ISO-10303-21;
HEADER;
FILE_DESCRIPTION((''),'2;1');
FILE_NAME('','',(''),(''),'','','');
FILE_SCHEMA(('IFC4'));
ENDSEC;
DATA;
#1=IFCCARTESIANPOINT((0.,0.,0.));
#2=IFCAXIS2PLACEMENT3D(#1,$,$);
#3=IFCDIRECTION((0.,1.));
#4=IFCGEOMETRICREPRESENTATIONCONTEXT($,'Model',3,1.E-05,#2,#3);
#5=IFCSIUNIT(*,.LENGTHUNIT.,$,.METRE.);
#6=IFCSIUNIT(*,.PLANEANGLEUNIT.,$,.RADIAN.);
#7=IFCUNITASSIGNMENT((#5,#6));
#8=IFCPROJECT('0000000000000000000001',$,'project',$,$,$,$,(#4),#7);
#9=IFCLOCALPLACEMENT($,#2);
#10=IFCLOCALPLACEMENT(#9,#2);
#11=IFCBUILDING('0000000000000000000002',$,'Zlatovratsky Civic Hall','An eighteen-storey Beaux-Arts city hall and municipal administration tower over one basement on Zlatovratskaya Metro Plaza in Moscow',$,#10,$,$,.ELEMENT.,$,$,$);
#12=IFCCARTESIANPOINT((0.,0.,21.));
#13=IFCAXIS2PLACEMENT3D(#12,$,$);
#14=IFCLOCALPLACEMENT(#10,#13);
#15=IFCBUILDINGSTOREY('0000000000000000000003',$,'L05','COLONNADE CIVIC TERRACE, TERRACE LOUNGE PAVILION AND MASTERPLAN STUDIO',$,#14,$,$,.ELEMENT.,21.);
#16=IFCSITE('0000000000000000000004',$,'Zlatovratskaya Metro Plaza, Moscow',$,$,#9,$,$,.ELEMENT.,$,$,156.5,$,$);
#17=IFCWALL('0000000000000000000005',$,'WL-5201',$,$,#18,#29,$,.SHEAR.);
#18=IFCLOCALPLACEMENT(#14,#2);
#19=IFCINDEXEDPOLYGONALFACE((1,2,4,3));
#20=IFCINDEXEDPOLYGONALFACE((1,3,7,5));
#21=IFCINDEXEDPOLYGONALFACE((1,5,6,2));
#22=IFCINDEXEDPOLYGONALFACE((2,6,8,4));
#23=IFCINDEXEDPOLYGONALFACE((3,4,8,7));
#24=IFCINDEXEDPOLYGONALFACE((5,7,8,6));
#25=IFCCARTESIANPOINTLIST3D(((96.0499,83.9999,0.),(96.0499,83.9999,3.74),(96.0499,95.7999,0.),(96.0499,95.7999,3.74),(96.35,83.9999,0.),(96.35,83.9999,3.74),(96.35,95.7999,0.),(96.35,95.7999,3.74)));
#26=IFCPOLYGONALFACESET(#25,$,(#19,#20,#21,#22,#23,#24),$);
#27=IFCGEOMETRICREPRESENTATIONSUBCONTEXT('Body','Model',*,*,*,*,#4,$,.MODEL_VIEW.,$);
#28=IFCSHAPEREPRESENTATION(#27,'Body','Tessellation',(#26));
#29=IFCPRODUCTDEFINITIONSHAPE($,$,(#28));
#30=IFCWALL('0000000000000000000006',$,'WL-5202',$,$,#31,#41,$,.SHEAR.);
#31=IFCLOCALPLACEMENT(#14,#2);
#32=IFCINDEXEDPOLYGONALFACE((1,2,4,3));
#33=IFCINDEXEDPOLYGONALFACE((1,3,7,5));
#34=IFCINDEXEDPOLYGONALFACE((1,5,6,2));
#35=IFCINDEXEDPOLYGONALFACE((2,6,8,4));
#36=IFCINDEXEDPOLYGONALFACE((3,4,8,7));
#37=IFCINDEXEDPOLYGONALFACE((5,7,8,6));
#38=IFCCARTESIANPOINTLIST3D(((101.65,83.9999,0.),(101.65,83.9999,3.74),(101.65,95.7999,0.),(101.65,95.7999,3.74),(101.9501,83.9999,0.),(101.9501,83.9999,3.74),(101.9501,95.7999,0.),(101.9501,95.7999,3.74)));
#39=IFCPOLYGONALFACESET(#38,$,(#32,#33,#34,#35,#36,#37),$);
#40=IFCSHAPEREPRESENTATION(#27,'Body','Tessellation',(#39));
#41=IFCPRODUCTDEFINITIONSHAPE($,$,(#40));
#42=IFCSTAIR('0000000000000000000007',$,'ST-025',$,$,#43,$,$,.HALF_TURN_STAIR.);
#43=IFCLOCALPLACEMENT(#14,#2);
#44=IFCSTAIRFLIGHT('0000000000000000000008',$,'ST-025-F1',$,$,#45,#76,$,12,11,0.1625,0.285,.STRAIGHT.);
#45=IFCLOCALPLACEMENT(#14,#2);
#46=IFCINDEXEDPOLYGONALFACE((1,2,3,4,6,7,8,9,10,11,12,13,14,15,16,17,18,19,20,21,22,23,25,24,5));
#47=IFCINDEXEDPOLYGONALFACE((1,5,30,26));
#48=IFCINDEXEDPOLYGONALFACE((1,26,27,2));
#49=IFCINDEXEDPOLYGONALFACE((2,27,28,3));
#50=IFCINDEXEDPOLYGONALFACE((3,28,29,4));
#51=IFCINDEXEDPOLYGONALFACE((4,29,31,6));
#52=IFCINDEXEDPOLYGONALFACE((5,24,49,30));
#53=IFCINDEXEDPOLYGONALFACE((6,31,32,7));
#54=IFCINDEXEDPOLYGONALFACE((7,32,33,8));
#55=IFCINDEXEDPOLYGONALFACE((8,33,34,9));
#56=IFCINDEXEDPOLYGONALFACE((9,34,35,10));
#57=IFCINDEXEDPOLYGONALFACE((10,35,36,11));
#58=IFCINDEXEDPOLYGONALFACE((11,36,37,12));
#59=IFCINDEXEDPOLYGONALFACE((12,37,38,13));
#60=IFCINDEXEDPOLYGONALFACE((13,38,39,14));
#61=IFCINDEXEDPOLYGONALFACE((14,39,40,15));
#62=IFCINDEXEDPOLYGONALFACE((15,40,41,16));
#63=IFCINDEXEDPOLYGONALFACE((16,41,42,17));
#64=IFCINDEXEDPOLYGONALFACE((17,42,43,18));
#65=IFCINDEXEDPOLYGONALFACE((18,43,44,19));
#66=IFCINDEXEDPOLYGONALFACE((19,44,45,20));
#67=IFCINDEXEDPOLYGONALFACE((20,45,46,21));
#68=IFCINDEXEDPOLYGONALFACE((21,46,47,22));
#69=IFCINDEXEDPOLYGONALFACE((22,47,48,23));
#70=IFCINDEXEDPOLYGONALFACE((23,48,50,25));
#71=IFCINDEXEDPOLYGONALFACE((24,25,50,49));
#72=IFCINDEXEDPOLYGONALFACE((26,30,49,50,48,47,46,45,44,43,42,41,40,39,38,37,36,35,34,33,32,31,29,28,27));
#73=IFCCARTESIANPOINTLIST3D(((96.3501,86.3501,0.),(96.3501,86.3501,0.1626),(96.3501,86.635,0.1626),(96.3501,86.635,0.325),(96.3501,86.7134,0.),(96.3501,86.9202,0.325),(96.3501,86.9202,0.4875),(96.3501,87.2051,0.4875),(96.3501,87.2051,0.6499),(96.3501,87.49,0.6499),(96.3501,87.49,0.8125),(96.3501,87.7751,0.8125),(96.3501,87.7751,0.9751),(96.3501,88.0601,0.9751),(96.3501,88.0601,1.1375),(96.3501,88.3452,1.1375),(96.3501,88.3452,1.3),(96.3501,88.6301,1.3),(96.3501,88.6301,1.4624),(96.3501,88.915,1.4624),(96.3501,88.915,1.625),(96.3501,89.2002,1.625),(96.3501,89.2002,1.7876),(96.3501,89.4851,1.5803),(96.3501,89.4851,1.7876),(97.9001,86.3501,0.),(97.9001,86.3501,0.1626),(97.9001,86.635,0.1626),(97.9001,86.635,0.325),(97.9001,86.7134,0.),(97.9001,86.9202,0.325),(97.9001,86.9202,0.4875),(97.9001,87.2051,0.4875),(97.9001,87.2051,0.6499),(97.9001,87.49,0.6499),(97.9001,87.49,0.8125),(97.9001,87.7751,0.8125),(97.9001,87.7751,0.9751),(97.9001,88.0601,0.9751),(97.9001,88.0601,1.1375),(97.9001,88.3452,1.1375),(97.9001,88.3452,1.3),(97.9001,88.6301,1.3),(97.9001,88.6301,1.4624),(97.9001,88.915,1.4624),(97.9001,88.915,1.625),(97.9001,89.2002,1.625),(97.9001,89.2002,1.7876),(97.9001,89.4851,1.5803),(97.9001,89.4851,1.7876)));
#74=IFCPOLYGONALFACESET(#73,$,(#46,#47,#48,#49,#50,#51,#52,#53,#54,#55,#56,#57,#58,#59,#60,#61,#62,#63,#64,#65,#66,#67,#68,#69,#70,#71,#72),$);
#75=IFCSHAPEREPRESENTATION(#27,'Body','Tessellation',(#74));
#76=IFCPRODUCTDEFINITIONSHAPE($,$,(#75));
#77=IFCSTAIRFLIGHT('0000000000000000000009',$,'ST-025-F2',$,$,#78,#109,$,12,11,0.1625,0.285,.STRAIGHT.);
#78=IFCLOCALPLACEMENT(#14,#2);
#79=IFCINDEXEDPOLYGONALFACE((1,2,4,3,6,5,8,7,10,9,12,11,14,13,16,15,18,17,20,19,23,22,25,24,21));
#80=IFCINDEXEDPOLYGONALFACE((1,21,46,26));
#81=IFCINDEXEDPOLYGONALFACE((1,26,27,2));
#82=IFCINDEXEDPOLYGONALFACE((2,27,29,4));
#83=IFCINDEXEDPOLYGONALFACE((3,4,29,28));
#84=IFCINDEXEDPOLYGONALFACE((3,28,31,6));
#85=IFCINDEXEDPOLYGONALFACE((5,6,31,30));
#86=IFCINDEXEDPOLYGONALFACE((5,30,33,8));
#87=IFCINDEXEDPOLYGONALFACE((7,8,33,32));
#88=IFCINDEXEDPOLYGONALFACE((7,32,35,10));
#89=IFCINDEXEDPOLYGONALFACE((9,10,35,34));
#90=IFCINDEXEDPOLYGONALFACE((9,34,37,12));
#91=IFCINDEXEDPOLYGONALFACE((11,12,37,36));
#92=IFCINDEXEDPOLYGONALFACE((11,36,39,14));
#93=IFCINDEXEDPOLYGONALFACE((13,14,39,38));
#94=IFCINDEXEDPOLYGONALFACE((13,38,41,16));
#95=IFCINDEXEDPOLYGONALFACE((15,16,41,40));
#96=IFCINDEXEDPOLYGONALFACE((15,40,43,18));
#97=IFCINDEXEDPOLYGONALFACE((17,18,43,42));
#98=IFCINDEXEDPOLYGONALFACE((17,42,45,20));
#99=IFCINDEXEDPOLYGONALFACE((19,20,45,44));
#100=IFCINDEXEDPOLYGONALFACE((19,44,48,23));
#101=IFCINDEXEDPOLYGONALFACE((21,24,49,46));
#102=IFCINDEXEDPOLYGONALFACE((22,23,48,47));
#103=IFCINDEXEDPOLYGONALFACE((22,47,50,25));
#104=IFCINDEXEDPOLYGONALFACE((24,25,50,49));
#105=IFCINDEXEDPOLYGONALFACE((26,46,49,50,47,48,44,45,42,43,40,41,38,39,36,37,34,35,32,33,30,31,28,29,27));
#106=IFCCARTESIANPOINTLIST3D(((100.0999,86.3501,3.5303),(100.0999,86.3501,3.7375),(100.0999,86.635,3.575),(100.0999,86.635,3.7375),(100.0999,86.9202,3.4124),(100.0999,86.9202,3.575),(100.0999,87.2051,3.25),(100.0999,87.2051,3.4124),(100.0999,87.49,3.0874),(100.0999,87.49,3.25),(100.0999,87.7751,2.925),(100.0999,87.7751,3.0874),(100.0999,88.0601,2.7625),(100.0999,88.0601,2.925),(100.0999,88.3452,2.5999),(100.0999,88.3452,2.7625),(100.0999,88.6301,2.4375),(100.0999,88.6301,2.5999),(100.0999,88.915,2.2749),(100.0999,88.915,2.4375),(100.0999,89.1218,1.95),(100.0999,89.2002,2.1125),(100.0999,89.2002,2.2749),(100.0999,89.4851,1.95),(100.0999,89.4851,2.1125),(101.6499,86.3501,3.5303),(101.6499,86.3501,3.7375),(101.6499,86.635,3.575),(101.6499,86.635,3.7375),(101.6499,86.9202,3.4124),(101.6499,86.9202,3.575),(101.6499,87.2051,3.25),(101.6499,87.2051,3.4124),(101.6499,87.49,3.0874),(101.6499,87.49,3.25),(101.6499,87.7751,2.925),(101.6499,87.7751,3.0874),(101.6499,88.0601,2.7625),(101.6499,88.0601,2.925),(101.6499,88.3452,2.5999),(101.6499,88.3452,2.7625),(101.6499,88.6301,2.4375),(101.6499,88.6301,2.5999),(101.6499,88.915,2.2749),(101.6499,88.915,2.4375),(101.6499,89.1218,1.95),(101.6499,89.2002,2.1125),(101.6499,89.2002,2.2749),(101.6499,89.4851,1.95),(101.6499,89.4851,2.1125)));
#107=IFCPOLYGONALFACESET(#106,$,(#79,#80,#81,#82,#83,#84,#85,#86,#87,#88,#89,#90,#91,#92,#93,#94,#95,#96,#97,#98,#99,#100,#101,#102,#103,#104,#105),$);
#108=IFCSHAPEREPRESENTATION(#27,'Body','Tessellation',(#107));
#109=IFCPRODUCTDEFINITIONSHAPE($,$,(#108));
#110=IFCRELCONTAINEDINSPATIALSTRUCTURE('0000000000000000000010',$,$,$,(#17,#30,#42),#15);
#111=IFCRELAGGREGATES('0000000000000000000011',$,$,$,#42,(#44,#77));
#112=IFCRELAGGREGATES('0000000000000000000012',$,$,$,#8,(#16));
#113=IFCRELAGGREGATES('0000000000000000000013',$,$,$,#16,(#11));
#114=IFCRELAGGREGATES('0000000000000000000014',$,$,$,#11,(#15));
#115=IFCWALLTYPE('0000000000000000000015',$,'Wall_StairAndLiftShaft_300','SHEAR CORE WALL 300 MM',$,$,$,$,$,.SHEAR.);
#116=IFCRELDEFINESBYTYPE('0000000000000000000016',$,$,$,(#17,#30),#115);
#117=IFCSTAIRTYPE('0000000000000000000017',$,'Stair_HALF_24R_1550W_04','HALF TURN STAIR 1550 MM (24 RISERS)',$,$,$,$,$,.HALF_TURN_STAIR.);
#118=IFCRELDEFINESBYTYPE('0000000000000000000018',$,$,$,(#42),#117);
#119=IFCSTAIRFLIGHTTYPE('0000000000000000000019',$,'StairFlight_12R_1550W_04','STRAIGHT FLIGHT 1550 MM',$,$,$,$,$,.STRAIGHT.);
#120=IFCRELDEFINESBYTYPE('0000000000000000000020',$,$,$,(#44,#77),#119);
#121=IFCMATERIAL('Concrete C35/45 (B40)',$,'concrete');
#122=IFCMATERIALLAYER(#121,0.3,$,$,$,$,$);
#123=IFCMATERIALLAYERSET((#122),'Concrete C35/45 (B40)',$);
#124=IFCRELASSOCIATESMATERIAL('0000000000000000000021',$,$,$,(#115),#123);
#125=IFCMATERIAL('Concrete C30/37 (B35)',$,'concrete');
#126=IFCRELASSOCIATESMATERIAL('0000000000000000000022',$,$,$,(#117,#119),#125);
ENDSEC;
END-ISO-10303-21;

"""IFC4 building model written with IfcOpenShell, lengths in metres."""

from ifc_helpers import new_model, si_unit, direction, frame, frame_2d, origin, place, context, subcontext, project, spatial, polyline, rectangle, outline, extrude, material, layer, layer_set, type_object, element, aggregate, save


model = new_model("IFC4")

# Units and contexts
model_context = context("Model", 3, precision=1e-05, world=origin(), true_north=direction((0.0, 1.0)))
body_context = subcontext(model_context, "Body", "Model", "MODEL_VIEW")
ifc_project = project(units=[si_unit("LENGTHUNIT", "METRE"), si_unit("PLANEANGLEUNIT", "RADIAN")], contexts=[model_context])

# Site, building, storey
site_placement = place(None, origin())
site = spatial("IfcSite", under=ifc_project, at=site_placement, Name="Zlatovratskaya Metro Plaza, Moscow", CompositionType="ELEMENT", RefElevation=156.5)
building_placement = place(site_placement, origin())
building = spatial("IfcBuilding", under=site, at=building_placement, Name="Zlatovratsky Civic Hall", Description="An eighteen-storey Beaux-Arts city hall and municipal administration tower over one basement on Zlatovratskaya Metro Plaza in Moscow", CompositionType="ELEMENT")
storey_placement = place(building_placement, frame((0.0, 0.0, 21.0)))
storey = spatial("IfcBuildingStorey", under=building, at=storey_placement, Name="L05", Description="COLONNADE CIVIC TERRACE, TERRACE LOUNGE PAVILION AND MASTERPLAN STUDIO", CompositionType="ELEMENT", Elevation=21.0)

# Shared definitions
ifc_material_1 = material(Name="Concrete C35/45 (B40)", Category="concrete")

# Shared definitions
ifc_layer_1 = layer(ifc_material_1, 0.3)
ifc_layer_set_1 = layer_set([ifc_layer_1], Name="Concrete C35/45 (B40)")
wall_type_1 = type_object("IfcWallType", Name="Wall_StairAndLiftShaft_300", Description="SHEAR CORE WALL 300 MM", PredefinedType="SHEAR", material=ifc_layer_set_1)

# Walls
for number, where, z_axis, x_axis, name in (
    (1, (96.2, 84.0, 0.0), (0.0, 0.0, 1.0), (0.0, 1.0, 0.0), "WL-5201"),
    (2, (101.8, 84.0, 0.0), (0.0, 0.0, 1.0), (0.0, 1.0, 0.0), "WL-5202"),
):
    element("IfcWall", number, at=place(storey_placement, frame(where, z_axis=z_axis, x_axis=x_axis)), inside=storey, type_object=wall_type_1, Name=name, PredefinedType="SHEAR", context=body_context, shape_type="SweptSolid", body=[
        extrude(rectangle(XDim=11.8, YDim=0.3, at=frame_2d((5.8999, 0.0))), origin(), (0.0, 0.0, 1.0), 3.74),
    ])

# Stair, stair flights
ifc_material_2 = material(Name="Concrete C30/37 (B35)", Category="concrete")
stair_type = type_object("IfcStairType", Name="Stair_HALF_24R_1550W_04", Description="HALF TURN STAIR 1550 MM (24 RISERS)", PredefinedType="HALF_TURN_STAIR", material=ifc_material_2)
stair_placement = place(storey_placement, origin())
stair = element("IfcStair", 3, at=stair_placement, inside=storey, type_object=stair_type, Name="ST-025", PredefinedType="HALF_TURN_STAIR")
stair_flight_type = type_object("IfcStairFlightType", Name="StairFlight_12R_1550W_04", Description="STRAIGHT FLIGHT 1550 MM", PredefinedType="STRAIGHT", material=ifc_material_2)
stair_flight_1_placement = place(storey_placement, frame((97.125, 86.3501, 0.0), z_axis=(0.0, 0.0, 1.0), x_axis=(0.0, 1.0, 0.0)))
stair_flight_1 = element("IfcStairFlight", 4, at=stair_flight_1_placement, type_object=stair_flight_type, Name="ST-025-F1", NumberOfRisers=12, NumberOfTreads=11, PredefinedType="STRAIGHT", RiserHeight=0.1625, TreadLength=0.285, context=body_context, shape_type="SweptSolid", body=[
    extrude(outline(polyline([(0.0, 0.0), (0.0, 0.1626), (0.2849, 0.1626), (0.2849, 0.325), (0.5701, 0.325), (0.5701, 0.4875), (0.855, 0.4875), (0.855, 0.6499), (1.1399, 0.6499), (1.1399, 0.8125), (1.425, 0.8125), (1.425, 0.9751), (1.71, 0.9751), (1.71, 1.1375), (1.9951, 1.1375), (1.9951, 1.3), (2.28, 1.3), (2.28, 1.4624), (2.5649, 1.4624), (2.5649, 1.625), (2.8501, 1.625), (2.8501, 1.7876), (3.135, 1.7876), (3.135, 1.95), (3.135, 1.5803), (0.3633, 0.0), (0.0, 0.0)])), frame((0.0, 0.7749, 0.0), z_axis=(0.0, -1.0, 0.0), x_axis=(1.0, 0.0, 0.0)), (0.0, 0.0, 1.0), 1.55),
])
stair_flight_2_placement = place(storey_placement, frame((100.875, 89.4851, 1.95), z_axis=(0.0, 0.0, 1.0), x_axis=(0.0, -1.0, 0.0)))
stair_flight_2 = element("IfcStairFlight", 5, at=stair_flight_2_placement, type_object=stair_flight_type, Name="ST-025-F2", NumberOfRisers=12, NumberOfTreads=11, PredefinedType="STRAIGHT", RiserHeight=0.1625, TreadLength=0.285, context=body_context, shape_type="SweptSolid", body=[
    extrude(outline(polyline([(0.0, 0.0), (0.0, 0.1626), (0.2849, 0.1626), (0.2849, 0.325), (0.5701, 0.325), (0.5701, 0.4875), (0.855, 0.4875), (0.855, 0.6499), (1.1399, 0.6499), (1.1399, 0.8125), (1.425, 0.8125), (1.425, 0.9751), (1.71, 0.9751), (1.71, 1.1375), (1.9951, 1.1375), (1.9951, 1.3), (2.28, 1.3), (2.28, 1.4624), (2.5649, 1.4624), (2.5649, 1.625), (2.8501, 1.625), (2.8501, 1.7876), (3.135, 1.7876), (3.135, 1.95), (3.135, 1.5803), (0.3633, 0.0), (0.0, 0.0)])), frame((0.0, 0.7749, 0.0), z_axis=(0.0, -1.0, 0.0), x_axis=(1.0, 0.0, 0.0)), (0.0, 0.0, 1.0), 1.55),
])
aggregate(stair, [stair_flight_1, stair_flight_2])

save(model, "model.ifc")
